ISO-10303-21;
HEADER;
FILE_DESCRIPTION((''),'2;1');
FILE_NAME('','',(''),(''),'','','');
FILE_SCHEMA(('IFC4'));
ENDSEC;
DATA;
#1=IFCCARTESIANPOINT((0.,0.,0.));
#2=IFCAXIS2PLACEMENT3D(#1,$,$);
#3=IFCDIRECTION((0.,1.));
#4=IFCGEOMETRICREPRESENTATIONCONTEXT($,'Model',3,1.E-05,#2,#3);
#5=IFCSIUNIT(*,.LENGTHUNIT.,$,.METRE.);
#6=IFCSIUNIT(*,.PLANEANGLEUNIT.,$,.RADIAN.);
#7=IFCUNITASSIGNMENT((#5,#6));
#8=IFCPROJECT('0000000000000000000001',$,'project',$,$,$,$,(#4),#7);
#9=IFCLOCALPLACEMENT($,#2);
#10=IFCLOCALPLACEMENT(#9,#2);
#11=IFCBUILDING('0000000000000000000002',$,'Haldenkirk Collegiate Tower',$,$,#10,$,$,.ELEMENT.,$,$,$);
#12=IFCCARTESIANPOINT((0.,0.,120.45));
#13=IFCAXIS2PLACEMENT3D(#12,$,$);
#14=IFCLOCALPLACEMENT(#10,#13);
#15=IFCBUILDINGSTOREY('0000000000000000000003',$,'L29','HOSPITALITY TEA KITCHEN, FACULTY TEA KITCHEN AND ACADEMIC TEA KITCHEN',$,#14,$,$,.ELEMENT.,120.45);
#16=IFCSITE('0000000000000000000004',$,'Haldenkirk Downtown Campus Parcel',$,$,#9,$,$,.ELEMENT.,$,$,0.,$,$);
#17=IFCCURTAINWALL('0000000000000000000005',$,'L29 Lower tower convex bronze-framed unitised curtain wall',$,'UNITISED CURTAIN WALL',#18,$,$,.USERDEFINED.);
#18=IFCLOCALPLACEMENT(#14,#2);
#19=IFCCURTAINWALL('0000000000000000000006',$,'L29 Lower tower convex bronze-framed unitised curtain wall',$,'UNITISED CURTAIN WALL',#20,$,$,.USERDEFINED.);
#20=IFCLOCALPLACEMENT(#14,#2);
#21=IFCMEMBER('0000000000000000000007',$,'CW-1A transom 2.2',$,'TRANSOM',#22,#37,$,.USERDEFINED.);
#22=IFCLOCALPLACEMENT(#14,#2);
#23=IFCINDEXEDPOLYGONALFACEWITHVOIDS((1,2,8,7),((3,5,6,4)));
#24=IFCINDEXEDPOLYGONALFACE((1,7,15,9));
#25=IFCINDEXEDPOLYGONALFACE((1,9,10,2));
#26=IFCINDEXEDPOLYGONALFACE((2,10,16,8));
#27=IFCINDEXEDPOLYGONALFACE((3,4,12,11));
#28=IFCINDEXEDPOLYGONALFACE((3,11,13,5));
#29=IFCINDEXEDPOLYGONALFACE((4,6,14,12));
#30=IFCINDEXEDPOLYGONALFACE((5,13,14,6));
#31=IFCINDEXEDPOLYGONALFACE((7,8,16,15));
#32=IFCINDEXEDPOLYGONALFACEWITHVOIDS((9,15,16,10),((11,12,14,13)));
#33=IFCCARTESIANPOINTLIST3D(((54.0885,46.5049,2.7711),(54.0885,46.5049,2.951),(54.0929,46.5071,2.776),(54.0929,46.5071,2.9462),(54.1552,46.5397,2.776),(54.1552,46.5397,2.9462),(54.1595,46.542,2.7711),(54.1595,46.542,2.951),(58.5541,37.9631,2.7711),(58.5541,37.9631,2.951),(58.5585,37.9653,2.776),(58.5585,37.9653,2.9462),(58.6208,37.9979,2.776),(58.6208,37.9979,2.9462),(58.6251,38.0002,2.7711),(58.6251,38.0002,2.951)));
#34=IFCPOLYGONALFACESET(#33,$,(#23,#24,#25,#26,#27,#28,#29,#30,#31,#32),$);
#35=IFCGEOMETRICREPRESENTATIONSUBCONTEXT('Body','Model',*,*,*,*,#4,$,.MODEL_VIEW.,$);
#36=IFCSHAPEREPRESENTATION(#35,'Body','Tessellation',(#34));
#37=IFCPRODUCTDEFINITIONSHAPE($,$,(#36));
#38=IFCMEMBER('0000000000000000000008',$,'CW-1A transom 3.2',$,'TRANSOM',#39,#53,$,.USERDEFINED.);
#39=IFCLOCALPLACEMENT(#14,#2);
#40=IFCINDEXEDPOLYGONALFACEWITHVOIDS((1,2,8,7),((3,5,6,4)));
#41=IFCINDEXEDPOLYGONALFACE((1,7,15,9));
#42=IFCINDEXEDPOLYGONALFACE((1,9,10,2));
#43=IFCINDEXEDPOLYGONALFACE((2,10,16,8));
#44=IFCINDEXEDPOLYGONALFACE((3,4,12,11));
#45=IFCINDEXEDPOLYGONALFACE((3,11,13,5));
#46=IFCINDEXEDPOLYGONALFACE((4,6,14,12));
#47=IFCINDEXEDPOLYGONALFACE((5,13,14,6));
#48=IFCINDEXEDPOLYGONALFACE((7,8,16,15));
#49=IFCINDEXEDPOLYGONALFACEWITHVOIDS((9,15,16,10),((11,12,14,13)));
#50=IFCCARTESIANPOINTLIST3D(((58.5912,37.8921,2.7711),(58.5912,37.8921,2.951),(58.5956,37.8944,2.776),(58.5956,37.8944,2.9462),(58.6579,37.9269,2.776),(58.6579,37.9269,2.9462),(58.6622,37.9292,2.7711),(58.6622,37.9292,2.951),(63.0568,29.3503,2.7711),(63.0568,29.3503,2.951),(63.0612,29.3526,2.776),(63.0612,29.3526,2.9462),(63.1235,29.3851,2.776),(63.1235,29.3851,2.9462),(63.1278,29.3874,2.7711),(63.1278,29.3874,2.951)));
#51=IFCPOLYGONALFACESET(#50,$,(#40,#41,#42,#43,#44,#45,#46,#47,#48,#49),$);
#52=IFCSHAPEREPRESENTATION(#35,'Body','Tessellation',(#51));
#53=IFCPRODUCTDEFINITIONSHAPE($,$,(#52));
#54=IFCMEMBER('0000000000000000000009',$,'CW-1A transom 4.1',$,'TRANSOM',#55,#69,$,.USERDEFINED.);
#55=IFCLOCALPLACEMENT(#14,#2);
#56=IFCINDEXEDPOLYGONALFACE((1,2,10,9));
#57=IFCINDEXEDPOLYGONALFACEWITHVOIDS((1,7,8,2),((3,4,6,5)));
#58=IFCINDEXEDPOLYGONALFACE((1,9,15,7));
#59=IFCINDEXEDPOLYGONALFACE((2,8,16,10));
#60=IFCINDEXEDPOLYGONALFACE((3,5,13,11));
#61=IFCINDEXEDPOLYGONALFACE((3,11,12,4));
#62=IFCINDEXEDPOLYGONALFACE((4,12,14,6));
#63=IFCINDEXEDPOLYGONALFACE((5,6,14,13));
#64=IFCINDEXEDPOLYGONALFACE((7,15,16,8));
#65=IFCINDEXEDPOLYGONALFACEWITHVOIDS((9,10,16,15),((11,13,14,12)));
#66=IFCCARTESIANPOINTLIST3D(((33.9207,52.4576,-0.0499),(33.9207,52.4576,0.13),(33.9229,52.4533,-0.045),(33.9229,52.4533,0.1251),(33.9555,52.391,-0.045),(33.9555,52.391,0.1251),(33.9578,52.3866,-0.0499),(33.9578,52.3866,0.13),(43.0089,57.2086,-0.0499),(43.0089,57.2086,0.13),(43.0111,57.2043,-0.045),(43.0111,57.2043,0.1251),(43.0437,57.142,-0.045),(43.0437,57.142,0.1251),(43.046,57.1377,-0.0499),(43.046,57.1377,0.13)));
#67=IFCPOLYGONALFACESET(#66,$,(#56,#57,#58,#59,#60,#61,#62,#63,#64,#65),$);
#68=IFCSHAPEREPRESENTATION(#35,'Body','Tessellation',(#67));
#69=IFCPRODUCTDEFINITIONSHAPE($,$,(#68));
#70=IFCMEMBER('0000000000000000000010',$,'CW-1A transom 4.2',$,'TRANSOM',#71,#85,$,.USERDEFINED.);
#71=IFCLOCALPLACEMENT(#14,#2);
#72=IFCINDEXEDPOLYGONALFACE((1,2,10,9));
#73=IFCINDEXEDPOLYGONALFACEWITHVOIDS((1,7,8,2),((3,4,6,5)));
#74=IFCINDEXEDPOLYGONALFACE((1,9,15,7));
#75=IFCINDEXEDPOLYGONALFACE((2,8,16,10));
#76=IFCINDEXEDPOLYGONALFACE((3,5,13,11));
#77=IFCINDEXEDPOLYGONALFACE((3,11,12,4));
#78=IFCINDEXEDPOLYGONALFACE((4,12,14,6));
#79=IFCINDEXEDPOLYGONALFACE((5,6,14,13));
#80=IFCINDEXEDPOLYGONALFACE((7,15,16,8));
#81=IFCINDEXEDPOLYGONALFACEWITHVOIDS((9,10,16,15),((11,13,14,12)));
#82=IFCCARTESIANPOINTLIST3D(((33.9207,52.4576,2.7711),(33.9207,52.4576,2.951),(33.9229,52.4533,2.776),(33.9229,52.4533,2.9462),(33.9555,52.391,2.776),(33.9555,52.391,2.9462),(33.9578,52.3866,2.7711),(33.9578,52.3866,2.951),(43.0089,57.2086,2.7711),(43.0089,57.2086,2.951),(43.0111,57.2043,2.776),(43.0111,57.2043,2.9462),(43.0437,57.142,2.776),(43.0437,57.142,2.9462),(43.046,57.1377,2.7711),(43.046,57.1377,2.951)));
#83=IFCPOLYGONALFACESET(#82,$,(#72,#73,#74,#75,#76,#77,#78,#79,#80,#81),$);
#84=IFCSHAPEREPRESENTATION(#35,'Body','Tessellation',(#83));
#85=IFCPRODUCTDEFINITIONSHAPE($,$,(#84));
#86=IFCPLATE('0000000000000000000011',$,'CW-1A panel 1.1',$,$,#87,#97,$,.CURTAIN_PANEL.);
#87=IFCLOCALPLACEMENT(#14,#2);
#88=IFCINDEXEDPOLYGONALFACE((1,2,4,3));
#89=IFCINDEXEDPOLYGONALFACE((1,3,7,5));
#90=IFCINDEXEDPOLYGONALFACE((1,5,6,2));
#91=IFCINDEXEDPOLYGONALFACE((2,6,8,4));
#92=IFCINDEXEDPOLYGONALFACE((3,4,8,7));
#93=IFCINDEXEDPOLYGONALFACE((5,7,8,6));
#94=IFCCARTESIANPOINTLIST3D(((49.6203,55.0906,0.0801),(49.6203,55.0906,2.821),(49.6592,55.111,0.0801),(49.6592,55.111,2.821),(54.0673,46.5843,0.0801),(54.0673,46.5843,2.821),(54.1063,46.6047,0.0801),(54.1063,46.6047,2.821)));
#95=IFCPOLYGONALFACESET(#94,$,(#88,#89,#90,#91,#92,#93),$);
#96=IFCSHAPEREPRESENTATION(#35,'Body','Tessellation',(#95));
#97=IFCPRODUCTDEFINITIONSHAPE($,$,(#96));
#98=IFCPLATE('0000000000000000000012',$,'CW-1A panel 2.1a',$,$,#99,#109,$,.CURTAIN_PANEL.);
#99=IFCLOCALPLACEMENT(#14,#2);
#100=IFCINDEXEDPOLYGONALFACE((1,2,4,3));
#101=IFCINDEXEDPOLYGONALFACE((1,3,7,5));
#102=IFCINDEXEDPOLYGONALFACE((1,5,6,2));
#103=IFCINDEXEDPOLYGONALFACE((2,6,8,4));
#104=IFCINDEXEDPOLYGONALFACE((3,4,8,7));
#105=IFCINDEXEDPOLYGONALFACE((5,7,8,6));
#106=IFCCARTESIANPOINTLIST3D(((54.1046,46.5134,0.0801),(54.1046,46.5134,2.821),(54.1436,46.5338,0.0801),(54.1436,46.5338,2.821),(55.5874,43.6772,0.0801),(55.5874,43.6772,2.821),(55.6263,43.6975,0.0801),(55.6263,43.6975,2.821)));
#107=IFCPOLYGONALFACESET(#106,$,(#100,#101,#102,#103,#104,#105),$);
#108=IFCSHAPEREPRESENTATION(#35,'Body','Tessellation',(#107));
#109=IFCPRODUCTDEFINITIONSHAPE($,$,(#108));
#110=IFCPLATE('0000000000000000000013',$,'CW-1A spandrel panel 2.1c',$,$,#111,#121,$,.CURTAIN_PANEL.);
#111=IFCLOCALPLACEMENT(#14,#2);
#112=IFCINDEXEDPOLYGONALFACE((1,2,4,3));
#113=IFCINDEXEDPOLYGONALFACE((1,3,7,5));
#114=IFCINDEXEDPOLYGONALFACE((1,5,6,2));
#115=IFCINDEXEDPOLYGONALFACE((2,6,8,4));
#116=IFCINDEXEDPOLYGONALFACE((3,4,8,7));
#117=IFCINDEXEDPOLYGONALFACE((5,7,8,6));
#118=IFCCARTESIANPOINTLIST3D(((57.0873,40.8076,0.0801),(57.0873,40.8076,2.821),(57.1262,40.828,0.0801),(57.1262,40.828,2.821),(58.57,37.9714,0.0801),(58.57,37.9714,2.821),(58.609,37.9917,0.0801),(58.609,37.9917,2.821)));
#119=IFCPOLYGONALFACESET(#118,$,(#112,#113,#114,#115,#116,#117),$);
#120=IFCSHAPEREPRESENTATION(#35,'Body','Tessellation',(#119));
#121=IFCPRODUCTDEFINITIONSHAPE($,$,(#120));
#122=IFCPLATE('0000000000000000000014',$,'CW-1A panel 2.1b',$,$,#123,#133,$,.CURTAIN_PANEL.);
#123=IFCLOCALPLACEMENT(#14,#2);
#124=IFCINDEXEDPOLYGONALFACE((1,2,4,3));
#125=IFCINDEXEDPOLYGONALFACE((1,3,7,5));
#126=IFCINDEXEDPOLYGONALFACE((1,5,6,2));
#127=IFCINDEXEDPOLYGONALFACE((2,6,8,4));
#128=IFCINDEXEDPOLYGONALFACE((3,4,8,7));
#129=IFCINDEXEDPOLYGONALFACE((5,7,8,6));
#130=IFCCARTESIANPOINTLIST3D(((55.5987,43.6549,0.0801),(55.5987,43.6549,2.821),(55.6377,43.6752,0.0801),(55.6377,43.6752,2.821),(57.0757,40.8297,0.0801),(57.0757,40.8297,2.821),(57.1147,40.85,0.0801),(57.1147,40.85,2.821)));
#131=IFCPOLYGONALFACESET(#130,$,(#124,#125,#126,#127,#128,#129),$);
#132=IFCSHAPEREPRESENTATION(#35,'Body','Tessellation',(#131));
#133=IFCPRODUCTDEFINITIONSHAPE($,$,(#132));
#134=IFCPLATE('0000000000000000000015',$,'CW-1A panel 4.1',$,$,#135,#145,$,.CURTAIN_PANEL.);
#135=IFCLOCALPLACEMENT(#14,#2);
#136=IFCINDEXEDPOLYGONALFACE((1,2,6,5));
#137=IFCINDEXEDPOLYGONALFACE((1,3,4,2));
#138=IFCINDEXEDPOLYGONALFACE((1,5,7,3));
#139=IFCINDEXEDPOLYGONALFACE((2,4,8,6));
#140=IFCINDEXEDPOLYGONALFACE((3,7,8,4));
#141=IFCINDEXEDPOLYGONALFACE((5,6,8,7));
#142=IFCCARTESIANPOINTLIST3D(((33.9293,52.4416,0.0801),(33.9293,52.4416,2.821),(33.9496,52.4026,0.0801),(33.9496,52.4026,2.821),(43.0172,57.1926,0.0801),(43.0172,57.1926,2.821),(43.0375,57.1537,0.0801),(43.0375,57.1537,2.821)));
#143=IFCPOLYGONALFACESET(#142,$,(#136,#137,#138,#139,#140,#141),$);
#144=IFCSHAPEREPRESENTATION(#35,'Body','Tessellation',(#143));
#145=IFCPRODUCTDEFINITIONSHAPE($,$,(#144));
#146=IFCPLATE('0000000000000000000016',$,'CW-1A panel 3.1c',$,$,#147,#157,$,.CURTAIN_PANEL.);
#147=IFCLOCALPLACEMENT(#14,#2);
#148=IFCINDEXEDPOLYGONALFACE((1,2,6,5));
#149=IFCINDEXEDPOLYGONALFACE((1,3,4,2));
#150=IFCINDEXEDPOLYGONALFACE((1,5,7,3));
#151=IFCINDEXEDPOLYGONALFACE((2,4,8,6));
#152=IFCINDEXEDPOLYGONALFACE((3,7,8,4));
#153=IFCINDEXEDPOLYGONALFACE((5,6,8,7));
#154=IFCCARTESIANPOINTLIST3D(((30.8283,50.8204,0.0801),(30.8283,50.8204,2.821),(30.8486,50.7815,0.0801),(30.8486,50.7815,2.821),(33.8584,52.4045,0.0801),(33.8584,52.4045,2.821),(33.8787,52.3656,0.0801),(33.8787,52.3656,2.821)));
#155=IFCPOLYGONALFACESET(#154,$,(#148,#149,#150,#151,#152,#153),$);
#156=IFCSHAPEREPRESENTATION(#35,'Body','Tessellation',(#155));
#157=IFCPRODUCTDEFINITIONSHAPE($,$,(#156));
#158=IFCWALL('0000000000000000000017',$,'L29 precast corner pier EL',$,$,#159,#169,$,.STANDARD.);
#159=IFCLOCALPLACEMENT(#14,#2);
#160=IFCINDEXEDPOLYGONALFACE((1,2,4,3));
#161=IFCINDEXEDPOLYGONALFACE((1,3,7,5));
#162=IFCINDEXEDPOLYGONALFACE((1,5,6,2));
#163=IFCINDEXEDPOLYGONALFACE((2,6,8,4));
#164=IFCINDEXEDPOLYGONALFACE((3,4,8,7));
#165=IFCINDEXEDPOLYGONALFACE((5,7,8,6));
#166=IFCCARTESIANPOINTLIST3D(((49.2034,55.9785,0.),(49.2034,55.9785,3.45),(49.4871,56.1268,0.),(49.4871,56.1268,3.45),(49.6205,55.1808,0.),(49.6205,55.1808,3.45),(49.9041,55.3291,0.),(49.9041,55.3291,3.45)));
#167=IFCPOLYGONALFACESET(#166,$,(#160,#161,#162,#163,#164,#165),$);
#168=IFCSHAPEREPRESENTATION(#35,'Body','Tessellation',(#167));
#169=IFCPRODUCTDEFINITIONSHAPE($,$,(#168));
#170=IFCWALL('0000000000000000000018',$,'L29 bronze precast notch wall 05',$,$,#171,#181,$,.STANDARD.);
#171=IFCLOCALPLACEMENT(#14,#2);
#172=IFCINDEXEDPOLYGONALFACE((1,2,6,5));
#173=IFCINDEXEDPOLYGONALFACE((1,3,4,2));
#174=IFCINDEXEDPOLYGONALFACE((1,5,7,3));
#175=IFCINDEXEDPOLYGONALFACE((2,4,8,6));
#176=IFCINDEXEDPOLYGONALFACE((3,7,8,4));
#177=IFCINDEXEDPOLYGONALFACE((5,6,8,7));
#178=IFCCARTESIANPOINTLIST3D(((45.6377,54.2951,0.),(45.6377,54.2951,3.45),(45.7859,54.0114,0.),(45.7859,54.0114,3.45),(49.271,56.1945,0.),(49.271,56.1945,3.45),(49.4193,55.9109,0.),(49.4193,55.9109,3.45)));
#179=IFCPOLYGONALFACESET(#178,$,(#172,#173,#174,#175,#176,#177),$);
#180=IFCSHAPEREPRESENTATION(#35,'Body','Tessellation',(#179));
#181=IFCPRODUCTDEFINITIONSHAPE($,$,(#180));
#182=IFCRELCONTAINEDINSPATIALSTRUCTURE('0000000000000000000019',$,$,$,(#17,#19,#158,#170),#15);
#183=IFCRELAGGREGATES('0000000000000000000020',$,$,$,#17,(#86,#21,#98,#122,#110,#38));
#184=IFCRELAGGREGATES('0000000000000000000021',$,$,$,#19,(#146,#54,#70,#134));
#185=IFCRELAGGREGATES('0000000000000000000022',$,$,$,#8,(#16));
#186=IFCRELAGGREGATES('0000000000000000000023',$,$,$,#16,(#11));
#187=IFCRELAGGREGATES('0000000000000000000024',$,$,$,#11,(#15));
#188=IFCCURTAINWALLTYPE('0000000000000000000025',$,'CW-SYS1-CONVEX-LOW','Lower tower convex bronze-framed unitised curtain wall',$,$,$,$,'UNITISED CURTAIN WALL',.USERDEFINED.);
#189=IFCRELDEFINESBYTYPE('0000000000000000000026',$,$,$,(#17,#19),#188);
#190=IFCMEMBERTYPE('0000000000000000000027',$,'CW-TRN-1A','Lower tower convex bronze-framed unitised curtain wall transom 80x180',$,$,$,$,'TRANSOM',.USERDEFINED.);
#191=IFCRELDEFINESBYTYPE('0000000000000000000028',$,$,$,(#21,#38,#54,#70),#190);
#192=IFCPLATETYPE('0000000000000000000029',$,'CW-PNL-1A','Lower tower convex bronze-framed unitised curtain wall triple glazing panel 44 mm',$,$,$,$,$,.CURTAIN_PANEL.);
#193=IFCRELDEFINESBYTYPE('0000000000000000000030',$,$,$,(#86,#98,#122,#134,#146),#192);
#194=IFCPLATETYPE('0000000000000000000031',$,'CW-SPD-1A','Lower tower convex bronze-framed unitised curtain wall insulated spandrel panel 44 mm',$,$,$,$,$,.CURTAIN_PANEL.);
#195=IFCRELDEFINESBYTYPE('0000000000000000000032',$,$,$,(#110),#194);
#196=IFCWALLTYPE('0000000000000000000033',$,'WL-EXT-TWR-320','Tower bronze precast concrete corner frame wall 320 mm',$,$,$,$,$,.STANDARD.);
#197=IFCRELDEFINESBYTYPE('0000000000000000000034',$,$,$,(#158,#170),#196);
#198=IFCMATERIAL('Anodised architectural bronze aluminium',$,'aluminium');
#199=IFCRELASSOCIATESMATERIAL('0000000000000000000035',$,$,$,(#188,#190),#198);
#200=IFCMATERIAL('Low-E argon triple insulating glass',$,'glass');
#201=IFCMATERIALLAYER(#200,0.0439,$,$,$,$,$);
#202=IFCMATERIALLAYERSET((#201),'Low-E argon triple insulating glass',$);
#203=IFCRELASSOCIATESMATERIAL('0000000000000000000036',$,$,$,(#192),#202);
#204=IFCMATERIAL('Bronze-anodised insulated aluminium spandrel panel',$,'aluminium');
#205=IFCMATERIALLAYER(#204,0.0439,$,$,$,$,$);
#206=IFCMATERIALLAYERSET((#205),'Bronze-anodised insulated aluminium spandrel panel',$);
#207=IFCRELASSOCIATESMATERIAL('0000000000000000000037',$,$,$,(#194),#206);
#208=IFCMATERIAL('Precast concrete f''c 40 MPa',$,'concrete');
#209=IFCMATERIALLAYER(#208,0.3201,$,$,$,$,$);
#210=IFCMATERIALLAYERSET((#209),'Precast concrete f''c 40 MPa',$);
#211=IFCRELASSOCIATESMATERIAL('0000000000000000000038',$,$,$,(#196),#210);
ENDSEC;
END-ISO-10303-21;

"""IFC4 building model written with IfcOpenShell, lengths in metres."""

from ifc_helpers import new_model, si_unit, direction, frame, frame_2d, origin, origin_2d, place, context, subcontext, project, spatial, rectangle, hollow_rectangle, extrude, source, transform, mapped, material, layer, layer_set, material_profile, profile_set, type_object, element, aggregate, save


model = new_model("IFC4")

# Units and contexts
model_context = context("Model", 3, precision=1e-05, world=origin(), true_north=direction((0.0, 1.0)))
body_context = subcontext(model_context, "Body", "Model", "MODEL_VIEW")
ifc_project = project(units=[si_unit("LENGTHUNIT", "METRE"), si_unit("PLANEANGLEUNIT", "RADIAN")], contexts=[model_context])

# Site, building, storey
site_placement = place(None, origin())
site = spatial("IfcSite", under=ifc_project, at=site_placement, Name="Haldenkirk Downtown Campus Parcel", CompositionType="ELEMENT", RefElevation=0.0)
building_placement = place(site_placement, origin())
building = spatial("IfcBuilding", under=site, at=building_placement, Name="Haldenkirk Collegiate Tower", CompositionType="ELEMENT")
storey_placement = place(building_placement, frame((0.0, 0.0, 120.45)))
storey = spatial("IfcBuildingStorey", under=building, at=storey_placement, Name="L29", Description="HOSPITALITY TEA KITCHEN, FACULTY TEA KITCHEN AND ACADEMIC TEA KITCHEN", CompositionType="ELEMENT", Elevation=120.45)

# Curtain walls
ifc_material_1 = material(Name="Anodised architectural bronze aluminium", Category="aluminium")
curtain_wall_type = type_object("IfcCurtainWallType", Name="CW-SYS1-CONVEX-LOW", Description="Lower tower convex bronze-framed unitised curtain wall", ElementType="UNITISED CURTAIN WALL", PredefinedType="USERDEFINED", material=ifc_material_1)
curtain_wall_1_placement = place(storey_placement, origin())
curtain_wall_1 = element("IfcCurtainWall", 1, at=curtain_wall_1_placement, inside=storey, type_object=curtain_wall_type, Name="L29 Lower tower convex bronze-framed unitised curtain wall", ObjectType="UNITISED CURTAIN WALL", PredefinedType="USERDEFINED")
curtain_wall_2_placement = place(storey_placement, origin())
curtain_wall_2 = element("IfcCurtainWall", 2, at=curtain_wall_2_placement, inside=storey, type_object=curtain_wall_type, Name="L29 Lower tower convex bronze-framed unitised curtain wall", ObjectType="UNITISED CURTAIN WALL", PredefinedType="USERDEFINED")

# Members
ifc_material_profile_1 = material_profile(ifc_material_1, hollow_rectangle(XDim=0.0801, YDim=0.1799, WallThickness=0.0049, at=origin_2d()), Name="CW-TRN-1A")
ifc_profile_set_1 = profile_set([ifc_material_profile_1], Name="Anodised architectural bronze aluminium")
member_type_1 = type_object("IfcMemberType", Name="CW-TRN-1A", Description="Lower tower convex bronze-framed unitised curtain wall transom 80x180", ElementType="TRANSOM", PredefinedType="USERDEFINED", material=ifc_profile_set_1)
member_1_placement = place(storey_placement, frame((54.124, 46.5234, 2.8611), z_axis=(0.463301, -0.886201, 0.0), x_axis=(0.886201, 0.463301, 0.0)))
member_1 = element("IfcMember", 3, at=member_1_placement, type_object=member_type_1, Name="CW-1A transom 2.2", ObjectType="TRANSOM", PredefinedType="USERDEFINED", context=body_context, shape_type="SweptSolid", body=[
    extrude(hollow_rectangle(XDim=0.0801, YDim=0.1799, WallThickness=0.0049, at=origin_2d()), origin(), (0.0, 0.0, 1.0), 9.6387),
])
member_2_placement = place(storey_placement, frame((58.6267, 37.9106, 2.8611), z_axis=(0.463301, -0.886201, 0.0), x_axis=(0.886201, 0.463301, 0.0)))
member_2 = element("IfcMember", 4, at=member_2_placement, type_object=member_type_1, Name="CW-1A transom 3.2", ObjectType="TRANSOM", PredefinedType="USERDEFINED", context=body_context, shape_type="SweptSolid", body=[
    extrude(hollow_rectangle(XDim=0.0801, YDim=0.1799, WallThickness=0.0049, at=origin_2d()), origin(), (0.0, 0.0, 1.0), 9.6387),
])
member_3_placement = place(storey_placement, frame((33.9392, 52.4221, 0.04), z_axis=(0.886211, 0.463282, 0.0), x_axis=(-0.463282, 0.886211, 0.0)))
member_3 = element("IfcMember", 5, at=member_3_placement, type_object=member_type_1, Name="CW-1A transom 4.1", ObjectType="TRANSOM", PredefinedType="USERDEFINED", context=body_context, shape_type="SweptSolid", body=[
    extrude(hollow_rectangle(XDim=0.0801, YDim=0.1799, WallThickness=0.0049, at=origin_2d()), origin(), (0.0, 0.0, 1.0), 10.2551),
])
member_4_placement = place(storey_placement, frame((33.9392, 52.4221, 2.8611), z_axis=(0.886211, 0.463282, 0.0), x_axis=(-0.463282, 0.886211, 0.0)))
member_4 = element("IfcMember", 6, at=member_4_placement, type_object=member_type_1, Name="CW-1A transom 4.2", ObjectType="TRANSOM", PredefinedType="USERDEFINED", context=body_context, shape_type="SweptSolid", body=[
    extrude(hollow_rectangle(XDim=0.0801, YDim=0.1799, WallThickness=0.0049, at=origin_2d()), origin(), (0.0, 0.0, 1.0), 10.2551),
])

# Plates
ifc_material_2 = material(Name="Low-E argon triple insulating glass", Category="glass")
ifc_layer_1 = layer(ifc_material_2, 0.0439)
ifc_layer_set_1 = layer_set([ifc_layer_1], Name="Low-E argon triple insulating glass")
plate_type_1 = type_object("IfcPlateType", Name="CW-PNL-1A", Description="Lower tower convex bronze-framed unitised curtain wall triple glazing panel 44 mm", PredefinedType="CURTAIN_PANEL", material=ifc_layer_set_1)
shared_shape_1 = source(origin(), body_context, "Body", "SweptSolid", [
    extrude(rectangle(XDim=9.5986, YDim=0.0439, at=origin_2d()), origin(), (0.0, 0.0, 1.0), 2.741),
])
plate_1_placement = place(storey_placement, frame((51.8633, 50.8477, 0.0801), z_axis=(0.0, 0.0, 1.0), x_axis=(0.463296, -0.886204, 0.0)))
plate_1 = element("IfcPlate", 7, at=plate_1_placement, type_object=plate_type_1, Name="CW-1A panel 1.1", PredefinedType="CURTAIN_PANEL", context=body_context, shape_type="MappedRepresentation", body=[
    mapped(shared_shape_1, transform((0.0, 0.0, 0.0), x_axis=(1.0, 0.0, 0.0), y_axis=(0.0, 1.0, 0.0), z_axis=(0.0, 0.0, 1.0), scale=1.0)),
])
shared_shape_2 = source(origin(), body_context, "Body", "SweptSolid", [
    extrude(rectangle(XDim=3.2004, YDim=0.0439, at=origin_2d()), origin(), (0.0, 0.0, 1.0), 2.741),
])
plate_2_placement = place(storey_placement, frame((54.8655, 45.1055, 0.0801), z_axis=(0.0, 0.0, 1.0), x_axis=(0.463296, -0.886204, 0.0)))
plate_2 = element("IfcPlate", 8, at=plate_2_placement, type_object=plate_type_1, Name="CW-1A panel 2.1a", PredefinedType="CURTAIN_PANEL", context=body_context, shape_type="MappedRepresentation", body=[
    mapped(shared_shape_2, transform((0.0, 0.0, 0.0), x_axis=(1.0, 0.0, 0.0), y_axis=(0.0, 1.0, 0.0), z_axis=(0.0, 0.0, 1.0), scale=1.0)),
])
ifc_material_3 = material(Name="Bronze-anodised insulated aluminium spandrel panel", Category="aluminium")
ifc_layer_2 = layer(ifc_material_3, 0.0439)
ifc_layer_set_2 = layer_set([ifc_layer_2], Name="Bronze-anodised insulated aluminium spandrel panel")
plate_type_2 = type_object("IfcPlateType", Name="CW-SPD-1A", Description="Lower tower convex bronze-framed unitised curtain wall insulated spandrel panel 44 mm", PredefinedType="CURTAIN_PANEL", material=ifc_layer_set_2)
plate_3_placement = place(storey_placement, frame((57.8481, 39.3997, 0.0801), z_axis=(0.0, 0.0, 1.0), x_axis=(0.463296, -0.886204, 0.0)))
plate_3 = element("IfcPlate", 9, at=plate_3_placement, type_object=plate_type_2, Name="CW-1A spandrel panel 2.1c", PredefinedType="CURTAIN_PANEL", context=body_context, shape_type="MappedRepresentation", body=[
    mapped(shared_shape_2, transform((0.0, 0.0, 0.0), x_axis=(1.0, 0.0, 0.0), y_axis=(0.0, 1.0, 0.0), z_axis=(0.0, 0.0, 1.0), scale=1.0)),
])
shared_shape_3 = source(origin(), body_context, "Body", "SweptSolid", [
    extrude(rectangle(XDim=3.188, YDim=0.0439, at=origin_2d()), origin(), (0.0, 0.0, 1.0), 2.741),
])
plate_4_placement = place(storey_placement, frame((56.3567, 42.2524, 0.0801), z_axis=(0.0, 0.0, 1.0), x_axis=(0.463296, -0.886204, 0.0)))
plate_4 = element("IfcPlate", 10, at=plate_4_placement, type_object=plate_type_1, Name="CW-1A panel 2.1b", PredefinedType="CURTAIN_PANEL", context=body_context, shape_type="MappedRepresentation", body=[
    mapped(shared_shape_3, transform((0.0, 0.0, 0.0), x_axis=(1.0, 0.0, 0.0), y_axis=(0.0, 1.0, 0.0), z_axis=(0.0, 0.0, 1.0), scale=1.0)),
])
aggregate(curtain_wall_1, [plate_1, member_1, plate_2, plate_4, plate_3, member_2])
shared_shape_4 = source(origin(), body_context, "Body", "SweptSolid", [
    extrude(rectangle(XDim=10.2549, YDim=0.0439, at=origin_2d()), origin(), (0.0, 0.0, 1.0), 2.741),
])
plate_5_placement = place(storey_placement, frame((38.4834, 54.7976, 0.0801), z_axis=(0.0, 0.0, 1.0), x_axis=(0.886203, 0.463297, 0.0)))
plate_5 = element("IfcPlate", 11, at=plate_5_placement, type_object=plate_type_1, Name="CW-1A panel 4.1", PredefinedType="CURTAIN_PANEL", context=body_context, shape_type="MappedRepresentation", body=[
    mapped(shared_shape_4, transform((0.0, 0.0, 0.0), x_axis=(1.0, 0.0, 0.0), y_axis=(0.0, 1.0, 0.0), z_axis=(0.0, 0.0, 1.0), scale=1.0)),
])
shared_shape_5 = source(origin(), body_context, "Body", "SweptSolid", [
    extrude(rectangle(XDim=3.4192, YDim=0.0439, at=origin_2d()), origin(), (0.0, 0.0, 1.0), 2.741),
])
plate_6_placement = place(storey_placement, frame((32.3535, 51.593, 0.0801), z_axis=(0.0, 0.0, 1.0), x_axis=(0.886203, 0.463297, 0.0)))
plate_6 = element("IfcPlate", 12, at=plate_6_placement, type_object=plate_type_1, Name="CW-1A panel 3.1c", PredefinedType="CURTAIN_PANEL", context=body_context, shape_type="MappedRepresentation", body=[
    mapped(shared_shape_5, transform((0.0, 0.0, 0.0), x_axis=(1.0, 0.0, 0.0), y_axis=(0.0, 1.0, 0.0), z_axis=(0.0, 0.0, 1.0), scale=1.0)),
])
aggregate(curtain_wall_2, [plate_6, member_3, member_4, plate_5])

# Walls
ifc_material_4 = material(Name="Precast concrete f'c 40 MPa", Category="concrete")
ifc_layer_3 = layer(ifc_material_4, 0.3201)
ifc_layer_set_3 = layer_set([ifc_layer_3], Name="Precast concrete f'c 40 MPa")
wall_type = type_object("IfcWallType", Name="WL-EXT-TWR-320", Description="Tower bronze precast concrete corner frame wall 320 mm", PredefinedType="STANDARD", material=ifc_layer_set_3)
wall_1_placement = place(storey_placement, frame((49.3452, 56.0527, 0.0), z_axis=(0.0, 0.0, 1.0), x_axis=(0.463307, -0.886198, 0.0)))
element("IfcWall", 13, at=wall_1_placement, inside=storey, type_object=wall_type, Name="L29 precast corner pier EL", PredefinedType="STANDARD", context=body_context, shape_type="SweptSolid", body=[
    extrude(rectangle(XDim=0.9001, YDim=0.3201, at=frame_2d((0.4502, 0.0))), origin(), (0.0, 0.0, 1.0), 3.45),
])
wall_2_placement = place(storey_placement, frame((45.7119, 54.1533, 0.0), z_axis=(0.0, 0.0, 1.0), x_axis=(0.886207, 0.46329, 0.0)))
element("IfcWall", 14, at=wall_2_placement, inside=storey, type_object=wall_type, Name="L29 bronze precast notch wall 05", PredefinedType="STANDARD", context=body_context, shape_type="SweptSolid", body=[
    extrude(rectangle(XDim=4.0999, YDim=0.3201, at=frame_2d((2.0498, 0.0))), origin(), (0.0, 0.0, 1.0), 3.45),
])

save(model, "model.ifc")
